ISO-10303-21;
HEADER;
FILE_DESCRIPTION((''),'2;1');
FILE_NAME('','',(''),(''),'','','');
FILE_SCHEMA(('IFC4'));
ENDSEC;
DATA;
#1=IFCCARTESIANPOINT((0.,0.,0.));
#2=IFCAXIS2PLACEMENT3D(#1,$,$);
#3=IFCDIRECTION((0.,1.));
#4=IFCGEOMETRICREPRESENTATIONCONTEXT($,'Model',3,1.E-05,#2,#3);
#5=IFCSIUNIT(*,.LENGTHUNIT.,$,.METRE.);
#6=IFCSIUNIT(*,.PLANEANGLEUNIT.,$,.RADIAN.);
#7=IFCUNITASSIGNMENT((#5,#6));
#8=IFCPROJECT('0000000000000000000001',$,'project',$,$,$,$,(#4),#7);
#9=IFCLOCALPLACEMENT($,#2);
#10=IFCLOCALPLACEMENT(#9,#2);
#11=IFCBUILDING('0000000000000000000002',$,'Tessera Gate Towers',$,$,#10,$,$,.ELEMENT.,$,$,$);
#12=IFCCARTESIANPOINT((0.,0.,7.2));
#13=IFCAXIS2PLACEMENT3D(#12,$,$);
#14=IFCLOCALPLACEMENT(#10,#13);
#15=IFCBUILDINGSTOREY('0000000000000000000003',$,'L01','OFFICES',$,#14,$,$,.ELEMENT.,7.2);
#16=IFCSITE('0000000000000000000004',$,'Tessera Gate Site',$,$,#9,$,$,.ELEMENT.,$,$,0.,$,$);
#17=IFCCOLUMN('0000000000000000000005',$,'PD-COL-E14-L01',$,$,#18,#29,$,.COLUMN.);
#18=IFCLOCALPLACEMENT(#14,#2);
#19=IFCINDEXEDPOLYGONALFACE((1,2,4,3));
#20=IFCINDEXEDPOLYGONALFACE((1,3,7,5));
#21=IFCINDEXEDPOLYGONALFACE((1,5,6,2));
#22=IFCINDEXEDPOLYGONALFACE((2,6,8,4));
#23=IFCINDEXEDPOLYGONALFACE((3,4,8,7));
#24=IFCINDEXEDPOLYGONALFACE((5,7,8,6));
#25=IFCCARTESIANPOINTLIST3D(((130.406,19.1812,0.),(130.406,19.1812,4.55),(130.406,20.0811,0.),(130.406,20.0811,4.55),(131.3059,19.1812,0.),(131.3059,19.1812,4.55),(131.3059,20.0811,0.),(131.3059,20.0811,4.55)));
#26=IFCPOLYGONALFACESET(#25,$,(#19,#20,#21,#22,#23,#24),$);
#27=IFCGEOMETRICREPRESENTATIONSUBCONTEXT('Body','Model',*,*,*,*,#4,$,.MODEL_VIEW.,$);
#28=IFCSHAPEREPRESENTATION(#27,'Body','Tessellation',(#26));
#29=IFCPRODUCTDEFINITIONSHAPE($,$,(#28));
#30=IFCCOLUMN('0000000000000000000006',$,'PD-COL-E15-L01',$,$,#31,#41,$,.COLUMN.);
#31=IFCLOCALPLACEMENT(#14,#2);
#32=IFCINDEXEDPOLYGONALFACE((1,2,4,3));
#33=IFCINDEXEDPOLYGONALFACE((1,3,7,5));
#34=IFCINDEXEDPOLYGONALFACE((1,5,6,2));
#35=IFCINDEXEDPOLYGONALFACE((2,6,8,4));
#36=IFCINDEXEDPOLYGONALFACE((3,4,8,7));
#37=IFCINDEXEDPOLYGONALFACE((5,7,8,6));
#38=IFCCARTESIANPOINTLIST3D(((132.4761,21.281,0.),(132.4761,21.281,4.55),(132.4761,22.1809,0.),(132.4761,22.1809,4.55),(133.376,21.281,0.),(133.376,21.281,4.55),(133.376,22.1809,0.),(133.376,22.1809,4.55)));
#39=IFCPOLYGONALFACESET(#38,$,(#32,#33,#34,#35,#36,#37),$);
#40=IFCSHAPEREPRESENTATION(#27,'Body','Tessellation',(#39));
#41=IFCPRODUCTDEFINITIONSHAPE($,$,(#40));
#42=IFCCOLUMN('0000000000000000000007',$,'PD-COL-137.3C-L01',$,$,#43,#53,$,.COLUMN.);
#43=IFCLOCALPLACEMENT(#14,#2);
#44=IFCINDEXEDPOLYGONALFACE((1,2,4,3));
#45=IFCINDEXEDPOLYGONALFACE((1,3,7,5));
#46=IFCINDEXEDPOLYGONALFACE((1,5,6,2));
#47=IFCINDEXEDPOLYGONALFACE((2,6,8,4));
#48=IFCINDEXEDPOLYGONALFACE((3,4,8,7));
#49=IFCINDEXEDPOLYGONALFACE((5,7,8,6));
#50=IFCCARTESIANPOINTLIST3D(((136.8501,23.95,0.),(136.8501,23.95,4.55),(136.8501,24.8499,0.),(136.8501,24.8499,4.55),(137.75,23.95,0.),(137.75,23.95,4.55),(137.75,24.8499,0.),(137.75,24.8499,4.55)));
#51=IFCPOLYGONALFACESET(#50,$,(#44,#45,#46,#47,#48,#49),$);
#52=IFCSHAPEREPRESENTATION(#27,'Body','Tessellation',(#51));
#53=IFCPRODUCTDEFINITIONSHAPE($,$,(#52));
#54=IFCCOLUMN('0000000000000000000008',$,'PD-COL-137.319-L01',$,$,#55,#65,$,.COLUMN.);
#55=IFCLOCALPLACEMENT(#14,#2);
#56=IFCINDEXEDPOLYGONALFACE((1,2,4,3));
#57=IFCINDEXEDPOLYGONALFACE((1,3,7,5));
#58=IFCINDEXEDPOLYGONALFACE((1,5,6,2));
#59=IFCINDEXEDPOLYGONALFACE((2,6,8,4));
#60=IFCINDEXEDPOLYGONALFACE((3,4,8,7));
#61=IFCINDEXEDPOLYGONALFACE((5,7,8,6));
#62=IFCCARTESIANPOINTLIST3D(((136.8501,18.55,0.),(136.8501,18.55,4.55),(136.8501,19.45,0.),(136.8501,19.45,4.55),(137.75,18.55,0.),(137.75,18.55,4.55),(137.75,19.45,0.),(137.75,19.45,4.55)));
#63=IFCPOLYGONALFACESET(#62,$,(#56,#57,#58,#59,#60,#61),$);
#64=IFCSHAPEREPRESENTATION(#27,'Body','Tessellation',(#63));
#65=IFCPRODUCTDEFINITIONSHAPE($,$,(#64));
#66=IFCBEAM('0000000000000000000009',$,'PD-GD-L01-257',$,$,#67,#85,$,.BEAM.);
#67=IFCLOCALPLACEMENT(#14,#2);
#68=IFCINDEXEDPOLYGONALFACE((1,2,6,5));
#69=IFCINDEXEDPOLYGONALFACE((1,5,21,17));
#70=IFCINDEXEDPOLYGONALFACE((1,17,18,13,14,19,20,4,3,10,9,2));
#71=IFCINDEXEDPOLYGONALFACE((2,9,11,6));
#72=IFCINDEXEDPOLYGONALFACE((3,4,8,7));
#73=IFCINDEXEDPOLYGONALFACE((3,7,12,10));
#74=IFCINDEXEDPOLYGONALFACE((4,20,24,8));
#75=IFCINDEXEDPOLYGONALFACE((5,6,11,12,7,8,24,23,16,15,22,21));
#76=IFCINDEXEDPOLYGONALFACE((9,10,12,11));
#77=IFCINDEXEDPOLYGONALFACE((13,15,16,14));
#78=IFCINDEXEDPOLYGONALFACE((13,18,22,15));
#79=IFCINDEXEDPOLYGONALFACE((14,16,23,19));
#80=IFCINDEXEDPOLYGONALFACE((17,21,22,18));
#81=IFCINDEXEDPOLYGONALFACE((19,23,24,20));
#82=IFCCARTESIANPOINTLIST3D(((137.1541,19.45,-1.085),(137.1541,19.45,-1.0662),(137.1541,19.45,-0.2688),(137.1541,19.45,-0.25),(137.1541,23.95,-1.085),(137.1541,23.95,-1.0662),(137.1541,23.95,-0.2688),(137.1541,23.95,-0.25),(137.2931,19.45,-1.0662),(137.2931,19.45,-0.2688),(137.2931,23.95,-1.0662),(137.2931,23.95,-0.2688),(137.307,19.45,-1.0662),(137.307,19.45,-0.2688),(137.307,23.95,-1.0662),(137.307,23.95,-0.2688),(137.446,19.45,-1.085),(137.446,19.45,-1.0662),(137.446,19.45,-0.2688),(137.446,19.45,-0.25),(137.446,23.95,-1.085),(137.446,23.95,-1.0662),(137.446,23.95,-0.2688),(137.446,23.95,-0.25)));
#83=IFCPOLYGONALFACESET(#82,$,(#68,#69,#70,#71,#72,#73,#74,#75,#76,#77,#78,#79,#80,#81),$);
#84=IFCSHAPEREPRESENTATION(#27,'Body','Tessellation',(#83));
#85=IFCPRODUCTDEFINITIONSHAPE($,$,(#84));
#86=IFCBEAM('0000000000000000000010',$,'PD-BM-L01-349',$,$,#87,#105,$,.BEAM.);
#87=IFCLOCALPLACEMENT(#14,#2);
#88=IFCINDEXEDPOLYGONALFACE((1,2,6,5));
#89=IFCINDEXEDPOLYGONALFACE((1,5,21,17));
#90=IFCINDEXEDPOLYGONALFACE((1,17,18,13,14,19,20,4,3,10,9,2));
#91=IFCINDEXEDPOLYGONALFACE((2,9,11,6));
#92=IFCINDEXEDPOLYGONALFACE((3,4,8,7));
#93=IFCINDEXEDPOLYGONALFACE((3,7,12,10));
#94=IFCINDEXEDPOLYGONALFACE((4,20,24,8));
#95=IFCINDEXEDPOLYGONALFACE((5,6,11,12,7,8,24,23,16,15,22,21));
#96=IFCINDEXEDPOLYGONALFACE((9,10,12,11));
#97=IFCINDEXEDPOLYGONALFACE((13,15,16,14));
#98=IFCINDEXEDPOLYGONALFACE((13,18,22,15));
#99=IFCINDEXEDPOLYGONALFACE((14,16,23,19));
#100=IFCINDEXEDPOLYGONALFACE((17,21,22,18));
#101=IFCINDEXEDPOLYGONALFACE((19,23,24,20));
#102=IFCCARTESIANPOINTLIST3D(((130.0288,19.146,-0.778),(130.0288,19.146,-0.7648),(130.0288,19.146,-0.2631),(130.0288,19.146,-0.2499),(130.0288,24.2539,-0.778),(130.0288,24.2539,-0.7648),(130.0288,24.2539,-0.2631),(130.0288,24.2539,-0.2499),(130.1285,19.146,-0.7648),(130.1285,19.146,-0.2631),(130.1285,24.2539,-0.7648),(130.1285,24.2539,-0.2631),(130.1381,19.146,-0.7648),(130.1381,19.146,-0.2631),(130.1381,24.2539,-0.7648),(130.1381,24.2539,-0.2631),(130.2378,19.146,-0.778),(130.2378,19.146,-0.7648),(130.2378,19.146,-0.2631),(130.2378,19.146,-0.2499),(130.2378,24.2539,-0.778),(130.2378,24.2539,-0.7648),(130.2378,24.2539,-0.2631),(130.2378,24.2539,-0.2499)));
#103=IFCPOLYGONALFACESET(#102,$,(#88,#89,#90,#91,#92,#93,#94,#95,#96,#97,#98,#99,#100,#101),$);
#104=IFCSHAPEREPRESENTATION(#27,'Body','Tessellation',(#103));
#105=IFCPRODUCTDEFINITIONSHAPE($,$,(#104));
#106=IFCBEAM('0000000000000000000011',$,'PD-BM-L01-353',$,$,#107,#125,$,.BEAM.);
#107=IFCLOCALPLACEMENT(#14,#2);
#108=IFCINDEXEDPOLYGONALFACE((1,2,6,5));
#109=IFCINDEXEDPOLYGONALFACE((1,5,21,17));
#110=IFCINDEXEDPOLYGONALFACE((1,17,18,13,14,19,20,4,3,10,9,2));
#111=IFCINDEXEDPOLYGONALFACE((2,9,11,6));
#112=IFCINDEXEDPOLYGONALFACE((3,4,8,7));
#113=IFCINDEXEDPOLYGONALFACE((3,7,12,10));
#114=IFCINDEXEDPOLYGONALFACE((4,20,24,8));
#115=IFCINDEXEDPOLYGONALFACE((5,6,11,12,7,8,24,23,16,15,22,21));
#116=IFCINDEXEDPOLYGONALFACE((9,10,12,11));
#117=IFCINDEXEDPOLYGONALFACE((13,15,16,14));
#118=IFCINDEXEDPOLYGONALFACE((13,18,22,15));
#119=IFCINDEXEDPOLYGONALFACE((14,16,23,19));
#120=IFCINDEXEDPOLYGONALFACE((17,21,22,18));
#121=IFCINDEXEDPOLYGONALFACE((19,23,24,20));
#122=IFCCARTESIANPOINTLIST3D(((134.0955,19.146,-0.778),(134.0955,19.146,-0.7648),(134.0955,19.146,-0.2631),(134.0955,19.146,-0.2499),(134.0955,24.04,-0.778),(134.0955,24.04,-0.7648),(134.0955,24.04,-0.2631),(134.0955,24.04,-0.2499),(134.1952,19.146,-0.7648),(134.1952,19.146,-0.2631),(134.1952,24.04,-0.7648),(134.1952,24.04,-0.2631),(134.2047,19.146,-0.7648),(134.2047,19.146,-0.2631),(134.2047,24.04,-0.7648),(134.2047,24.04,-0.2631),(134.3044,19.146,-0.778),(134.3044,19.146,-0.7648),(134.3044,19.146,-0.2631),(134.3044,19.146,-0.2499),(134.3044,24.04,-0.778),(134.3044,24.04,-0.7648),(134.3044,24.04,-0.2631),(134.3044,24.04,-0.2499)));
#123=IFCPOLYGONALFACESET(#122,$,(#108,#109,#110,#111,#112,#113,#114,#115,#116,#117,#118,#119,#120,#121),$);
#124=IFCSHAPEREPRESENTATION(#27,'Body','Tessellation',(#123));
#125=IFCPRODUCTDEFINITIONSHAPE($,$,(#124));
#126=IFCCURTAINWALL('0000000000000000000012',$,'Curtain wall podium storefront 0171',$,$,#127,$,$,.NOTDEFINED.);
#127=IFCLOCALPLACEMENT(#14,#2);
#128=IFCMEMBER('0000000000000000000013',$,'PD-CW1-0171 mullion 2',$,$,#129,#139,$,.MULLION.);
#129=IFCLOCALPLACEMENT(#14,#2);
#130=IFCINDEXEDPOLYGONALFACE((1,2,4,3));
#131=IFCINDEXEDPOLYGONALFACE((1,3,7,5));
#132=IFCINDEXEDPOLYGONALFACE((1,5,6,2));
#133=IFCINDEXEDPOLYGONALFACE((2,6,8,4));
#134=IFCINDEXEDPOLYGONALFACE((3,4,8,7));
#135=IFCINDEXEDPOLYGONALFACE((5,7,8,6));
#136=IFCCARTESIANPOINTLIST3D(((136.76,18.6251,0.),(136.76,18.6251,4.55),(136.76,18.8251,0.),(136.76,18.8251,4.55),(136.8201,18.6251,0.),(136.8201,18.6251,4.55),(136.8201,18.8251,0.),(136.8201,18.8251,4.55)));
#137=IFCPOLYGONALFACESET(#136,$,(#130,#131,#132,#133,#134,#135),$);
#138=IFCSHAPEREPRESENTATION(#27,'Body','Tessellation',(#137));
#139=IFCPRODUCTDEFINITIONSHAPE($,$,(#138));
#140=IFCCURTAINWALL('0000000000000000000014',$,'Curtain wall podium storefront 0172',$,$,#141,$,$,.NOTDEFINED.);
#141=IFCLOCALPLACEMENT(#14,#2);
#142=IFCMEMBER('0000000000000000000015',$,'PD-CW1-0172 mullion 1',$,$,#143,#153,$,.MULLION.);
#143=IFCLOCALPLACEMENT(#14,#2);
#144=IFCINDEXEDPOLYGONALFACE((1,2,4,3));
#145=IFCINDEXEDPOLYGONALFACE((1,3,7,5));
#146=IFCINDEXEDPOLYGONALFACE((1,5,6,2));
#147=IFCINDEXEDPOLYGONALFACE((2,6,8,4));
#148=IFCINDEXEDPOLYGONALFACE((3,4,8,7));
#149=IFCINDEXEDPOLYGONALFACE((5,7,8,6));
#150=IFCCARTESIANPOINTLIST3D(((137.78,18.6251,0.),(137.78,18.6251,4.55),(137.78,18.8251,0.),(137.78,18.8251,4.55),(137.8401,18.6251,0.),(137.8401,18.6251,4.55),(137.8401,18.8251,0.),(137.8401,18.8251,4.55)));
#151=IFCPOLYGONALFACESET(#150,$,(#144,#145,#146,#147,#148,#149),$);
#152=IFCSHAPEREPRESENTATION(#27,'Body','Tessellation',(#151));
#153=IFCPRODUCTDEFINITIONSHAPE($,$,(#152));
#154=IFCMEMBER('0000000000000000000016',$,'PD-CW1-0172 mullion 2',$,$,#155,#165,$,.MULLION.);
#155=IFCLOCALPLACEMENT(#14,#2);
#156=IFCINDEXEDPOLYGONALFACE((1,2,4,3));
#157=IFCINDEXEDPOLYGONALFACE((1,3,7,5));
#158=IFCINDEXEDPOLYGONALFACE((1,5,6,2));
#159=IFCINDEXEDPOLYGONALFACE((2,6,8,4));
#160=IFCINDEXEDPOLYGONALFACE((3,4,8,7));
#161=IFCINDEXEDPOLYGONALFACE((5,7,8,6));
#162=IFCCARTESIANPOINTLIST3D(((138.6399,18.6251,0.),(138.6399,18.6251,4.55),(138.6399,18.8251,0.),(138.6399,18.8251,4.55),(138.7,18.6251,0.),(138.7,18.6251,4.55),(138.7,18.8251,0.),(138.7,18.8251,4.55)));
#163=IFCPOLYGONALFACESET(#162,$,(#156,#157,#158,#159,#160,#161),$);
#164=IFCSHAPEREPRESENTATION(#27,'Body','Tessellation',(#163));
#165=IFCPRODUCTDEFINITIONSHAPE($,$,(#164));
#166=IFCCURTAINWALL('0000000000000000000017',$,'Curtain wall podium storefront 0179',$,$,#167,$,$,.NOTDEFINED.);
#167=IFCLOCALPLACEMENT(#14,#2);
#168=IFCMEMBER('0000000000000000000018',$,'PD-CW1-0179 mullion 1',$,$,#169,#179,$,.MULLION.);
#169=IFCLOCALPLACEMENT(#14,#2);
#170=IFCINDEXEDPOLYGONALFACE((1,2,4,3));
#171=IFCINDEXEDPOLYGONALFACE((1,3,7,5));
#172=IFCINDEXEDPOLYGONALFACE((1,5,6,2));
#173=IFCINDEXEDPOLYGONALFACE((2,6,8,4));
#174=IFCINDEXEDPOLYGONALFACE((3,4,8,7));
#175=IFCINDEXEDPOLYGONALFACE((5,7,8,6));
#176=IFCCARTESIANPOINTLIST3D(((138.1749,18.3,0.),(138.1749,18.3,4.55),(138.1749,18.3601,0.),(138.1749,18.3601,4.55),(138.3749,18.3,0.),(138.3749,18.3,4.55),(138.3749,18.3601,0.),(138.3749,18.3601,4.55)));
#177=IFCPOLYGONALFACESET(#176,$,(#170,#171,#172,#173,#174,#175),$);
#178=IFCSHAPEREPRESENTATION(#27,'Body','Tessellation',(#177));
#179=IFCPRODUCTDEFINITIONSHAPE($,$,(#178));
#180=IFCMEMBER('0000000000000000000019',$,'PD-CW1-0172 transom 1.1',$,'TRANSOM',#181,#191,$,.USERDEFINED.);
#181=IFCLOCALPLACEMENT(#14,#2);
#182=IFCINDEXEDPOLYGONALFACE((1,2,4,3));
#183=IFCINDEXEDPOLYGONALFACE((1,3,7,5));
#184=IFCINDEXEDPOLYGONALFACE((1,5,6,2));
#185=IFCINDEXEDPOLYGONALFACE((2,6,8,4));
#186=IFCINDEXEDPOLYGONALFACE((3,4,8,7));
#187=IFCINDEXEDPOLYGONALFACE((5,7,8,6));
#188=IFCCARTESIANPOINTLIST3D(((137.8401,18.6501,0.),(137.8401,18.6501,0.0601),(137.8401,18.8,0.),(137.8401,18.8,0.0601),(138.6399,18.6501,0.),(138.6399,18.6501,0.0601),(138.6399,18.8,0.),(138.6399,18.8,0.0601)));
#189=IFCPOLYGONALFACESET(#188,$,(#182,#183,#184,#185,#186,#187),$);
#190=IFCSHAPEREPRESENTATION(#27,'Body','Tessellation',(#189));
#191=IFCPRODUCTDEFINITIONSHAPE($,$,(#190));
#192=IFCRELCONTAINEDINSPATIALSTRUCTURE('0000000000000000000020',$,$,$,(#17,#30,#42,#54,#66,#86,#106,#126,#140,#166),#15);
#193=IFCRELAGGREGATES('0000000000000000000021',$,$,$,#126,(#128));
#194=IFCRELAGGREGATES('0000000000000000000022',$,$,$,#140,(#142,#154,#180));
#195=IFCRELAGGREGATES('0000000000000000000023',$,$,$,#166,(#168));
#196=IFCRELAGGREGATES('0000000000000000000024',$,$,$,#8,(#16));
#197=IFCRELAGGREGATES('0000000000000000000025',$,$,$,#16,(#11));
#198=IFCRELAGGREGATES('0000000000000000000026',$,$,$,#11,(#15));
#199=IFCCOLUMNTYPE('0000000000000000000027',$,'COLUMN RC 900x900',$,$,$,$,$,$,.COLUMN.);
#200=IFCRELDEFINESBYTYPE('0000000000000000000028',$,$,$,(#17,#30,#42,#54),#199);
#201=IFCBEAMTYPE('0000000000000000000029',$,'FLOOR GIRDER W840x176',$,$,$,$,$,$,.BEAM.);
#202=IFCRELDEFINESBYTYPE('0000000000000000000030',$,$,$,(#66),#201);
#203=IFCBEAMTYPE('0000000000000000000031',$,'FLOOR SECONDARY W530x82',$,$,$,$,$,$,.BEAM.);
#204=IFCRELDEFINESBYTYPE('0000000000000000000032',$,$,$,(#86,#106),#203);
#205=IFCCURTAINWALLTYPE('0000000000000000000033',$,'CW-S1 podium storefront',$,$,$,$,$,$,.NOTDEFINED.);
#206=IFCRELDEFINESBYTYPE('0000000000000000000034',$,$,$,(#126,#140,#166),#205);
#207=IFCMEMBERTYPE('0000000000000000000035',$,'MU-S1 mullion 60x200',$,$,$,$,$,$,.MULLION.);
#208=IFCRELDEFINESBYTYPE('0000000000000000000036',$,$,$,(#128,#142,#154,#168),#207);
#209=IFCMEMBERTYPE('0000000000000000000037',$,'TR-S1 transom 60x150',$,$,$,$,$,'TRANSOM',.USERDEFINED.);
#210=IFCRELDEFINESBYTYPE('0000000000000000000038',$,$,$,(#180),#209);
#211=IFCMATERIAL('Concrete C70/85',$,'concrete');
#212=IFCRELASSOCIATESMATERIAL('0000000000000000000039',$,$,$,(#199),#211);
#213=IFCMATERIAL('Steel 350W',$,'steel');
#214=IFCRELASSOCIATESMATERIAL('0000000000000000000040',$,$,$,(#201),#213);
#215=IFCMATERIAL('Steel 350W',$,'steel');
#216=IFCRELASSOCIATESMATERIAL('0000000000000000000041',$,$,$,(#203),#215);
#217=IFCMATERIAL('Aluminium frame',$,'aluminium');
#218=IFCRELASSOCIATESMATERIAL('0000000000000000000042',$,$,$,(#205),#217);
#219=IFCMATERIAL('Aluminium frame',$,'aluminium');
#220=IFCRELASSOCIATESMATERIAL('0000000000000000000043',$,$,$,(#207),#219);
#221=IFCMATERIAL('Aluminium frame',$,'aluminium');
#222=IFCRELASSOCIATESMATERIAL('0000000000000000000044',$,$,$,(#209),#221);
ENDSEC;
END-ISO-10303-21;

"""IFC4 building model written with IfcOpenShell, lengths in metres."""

from ifc_helpers import new_model, si_unit, direction, frame, origin, origin_2d, place, context, subcontext, project, spatial, rectangle, i_section, extrude, material, material_profile, profile_set, type_object, element, aggregate, save


model = new_model("IFC4")

# Units and contexts
model_context = context("Model", 3, precision=1e-05, world=origin(), true_north=direction((0.0, 1.0)))
body_context = subcontext(model_context, "Body", "Model", "MODEL_VIEW")
ifc_project = project(units=[si_unit("LENGTHUNIT", "METRE"), si_unit("PLANEANGLEUNIT", "RADIAN")], contexts=[model_context])

# Site, building, storey
site_placement = place(None, origin())
site = spatial("IfcSite", under=ifc_project, at=site_placement, Name="Tessera Gate Site", CompositionType="ELEMENT", RefElevation=0.0)
building_placement = place(site_placement, origin())
building = spatial("IfcBuilding", under=site, at=building_placement, Name="Tessera Gate Towers", CompositionType="ELEMENT")
storey_placement = place(building_placement, frame((0.0, 0.0, 7.2)))
storey = spatial("IfcBuildingStorey", under=building, at=storey_placement, Name="L01", Description="OFFICES", CompositionType="ELEMENT", Elevation=7.2)

# Columns
ifc_material_1 = material(Name="Concrete C70/85", Category="concrete")
ifc_material_profile_1 = material_profile(ifc_material_1, rectangle(XDim=0.8999, YDim=0.8999, at=origin_2d()), Name="RC 900x900")
ifc_profile_set_1 = profile_set([ifc_material_profile_1], Name="Concrete C70/85")
column_type = type_object("IfcColumnType", Name="COLUMN RC 900x900", PredefinedType="COLUMN", material=ifc_profile_set_1)
for number, where, z_axis, x_axis, name in (
    (1, (130.856, 19.6311, 0.0), (0.0, 0.0, 1.0), (1.0, 0.0, 0.0), "PD-COL-E14-L01"),
    (2, (132.926, 21.731, 0.0), (0.0, 0.0, 1.0), (1.0, 0.0, 0.0), "PD-COL-E15-L01"),
    (3, (137.3, 24.3999, 0.0), (0.0, 0.0, 1.0), (1.0, 0.0, 0.0), "PD-COL-137.3C-L01"),
    (4, (137.3, 19.0, 0.0), (0.0, 0.0, 1.0), (1.0, 0.0, 0.0), "PD-COL-137.319-L01"),
):
    element("IfcColumn", number, at=place(storey_placement, frame(where, z_axis=z_axis, x_axis=x_axis)), inside=storey, type_object=column_type, Name=name, PredefinedType="COLUMN", context=body_context, shape_type="SweptSolid", body=[
        extrude(rectangle(XDim=0.8999, YDim=0.8999, at=origin_2d()), origin(), (0.0, 0.0, 1.0), 4.55),
    ])

# Beams
ifc_material_2 = material(Name="Steel 350W", Category="steel")
ifc_material_profile_2 = material_profile(ifc_material_2, i_section(OverallWidth=0.292, OverallDepth=0.835, WebThickness=0.0139, FlangeThickness=0.0188, at=origin_2d()), Name="W840x176")
ifc_profile_set_2 = profile_set([ifc_material_profile_2], Name="Steel 350W")
beam_type_1 = type_object("IfcBeamType", Name="FLOOR GIRDER W840x176", PredefinedType="BEAM", material=ifc_profile_set_2)
beam_1_placement = place(storey_placement, frame((137.3, 19.45, -0.6675), z_axis=(0.0, 1.0, 0.0), x_axis=(-1.0, 0.0, 0.0)))
element("IfcBeam", 5, at=beam_1_placement, inside=storey, type_object=beam_type_1, Name="PD-GD-L01-257", PredefinedType="BEAM", context=body_context, shape_type="SweptSolid", body=[
    extrude(i_section(OverallWidth=0.292, OverallDepth=0.835, WebThickness=0.0139, FlangeThickness=0.0188, at=origin_2d()), origin(), (0.0, 0.0, 1.0), 4.5),
])
ifc_material_3 = material(Name="Steel 350W", Category="steel")
ifc_material_profile_3 = material_profile(ifc_material_3, i_section(OverallWidth=0.209, OverallDepth=0.5281, WebThickness=0.0095, FlangeThickness=0.0132, at=origin_2d()), Name="W530x82")
ifc_profile_set_3 = profile_set([ifc_material_profile_3], Name="Steel 350W")
beam_type_2 = type_object("IfcBeamType", Name="FLOOR SECONDARY W530x82", PredefinedType="BEAM", material=ifc_profile_set_3)
beam_2_placement = place(storey_placement, frame((130.1333, 19.146, -0.5139), z_axis=(0.0, 1.0, 0.0), x_axis=(-1.0, 0.0, 0.0)))
element("IfcBeam", 6, at=beam_2_placement, inside=storey, type_object=beam_type_2, Name="PD-BM-L01-349", PredefinedType="BEAM", context=body_context, shape_type="SweptSolid", body=[
    extrude(i_section(OverallWidth=0.209, OverallDepth=0.5281, WebThickness=0.0095, FlangeThickness=0.0132, at=origin_2d()), origin(), (0.0, 0.0, 1.0), 5.1079),
])
beam_3_placement = place(storey_placement, frame((134.2, 19.146, -0.5139), z_axis=(0.0, 1.0, 0.0), x_axis=(-1.0, 0.0, 0.0)))
element("IfcBeam", 7, at=beam_3_placement, inside=storey, type_object=beam_type_2, Name="PD-BM-L01-353", PredefinedType="BEAM", context=body_context, shape_type="SweptSolid", body=[
    extrude(i_section(OverallWidth=0.209, OverallDepth=0.5281, WebThickness=0.0095, FlangeThickness=0.0132, at=origin_2d()), origin(), (0.0, 0.0, 1.0), 4.894),
])

# Curtain wall, member
ifc_material_4 = material(Name="Aluminium frame", Category="aluminium")
curtain_wall_type = type_object("IfcCurtainWallType", Name="CW-S1 podium storefront", PredefinedType="NOTDEFINED", material=ifc_material_4)
curtain_wall_1_placement = place(storey_placement, origin())
curtain_wall_1 = element("IfcCurtainWall", 8, at=curtain_wall_1_placement, inside=storey, type_object=curtain_wall_type, Name="Curtain wall podium storefront 0171", PredefinedType="NOTDEFINED")
ifc_material_5 = material(Name="Aluminium frame", Category="aluminium")
ifc_material_profile_4 = material_profile(ifc_material_5, rectangle(XDim=0.0601, YDim=0.2, at=origin_2d()), Name="AL 60x200")
ifc_profile_set_4 = profile_set([ifc_material_profile_4], Name="Aluminium frame")
member_type_1 = type_object("IfcMemberType", Name="MU-S1 mullion 60x200", PredefinedType="MULLION", material=ifc_profile_set_4)
member_1_placement = place(storey_placement, frame((136.79, 18.7251, 0.0), z_axis=(0.0, 0.0, 1.0), x_axis=(1.0, 0.0, 0.0)))
member_1 = element("IfcMember", 9, at=member_1_placement, type_object=member_type_1, Name="PD-CW1-0171 mullion 2", PredefinedType="MULLION", context=body_context, shape_type="SweptSolid", body=[
    extrude(rectangle(XDim=0.0601, YDim=0.2, at=origin_2d()), origin(), (0.0, 0.0, 1.0), 4.55),
])

# Curtain wall, members
curtain_wall_2_placement = place(storey_placement, origin())
curtain_wall_2 = element("IfcCurtainWall", 10, at=curtain_wall_2_placement, inside=storey, type_object=curtain_wall_type, Name="Curtain wall podium storefront 0172", PredefinedType="NOTDEFINED")
member_2_placement = place(storey_placement, frame((137.8101, 18.7251, 0.0), z_axis=(0.0, 0.0, 1.0), x_axis=(1.0, 0.0, 0.0)))
member_2 = element("IfcMember", 11, at=member_2_placement, type_object=member_type_1, Name="PD-CW1-0172 mullion 1", PredefinedType="MULLION", context=body_context, shape_type="SweptSolid", body=[
    extrude(rectangle(XDim=0.0601, YDim=0.2, at=origin_2d()), origin(), (0.0, 0.0, 1.0), 4.55),
])
member_3_placement = place(storey_placement, frame((138.6699, 18.7251, 0.0), z_axis=(0.0, 0.0, 1.0), x_axis=(1.0, 0.0, 0.0)))
member_3 = element("IfcMember", 12, at=member_3_placement, type_object=member_type_1, Name="PD-CW1-0172 mullion 2", PredefinedType="MULLION", context=body_context, shape_type="SweptSolid", body=[
    extrude(rectangle(XDim=0.0601, YDim=0.2, at=origin_2d()), origin(), (0.0, 0.0, 1.0), 4.55),
])

# Curtain wall, member
curtain_wall_3_placement = place(storey_placement, origin())
curtain_wall_3 = element("IfcCurtainWall", 13, at=curtain_wall_3_placement, inside=storey, type_object=curtain_wall_type, Name="Curtain wall podium storefront 0179", PredefinedType="NOTDEFINED")
member_4_placement = place(storey_placement, frame((138.2749, 18.3301, 0.0), z_axis=(0.0, 0.0, 1.0), x_axis=(0.0, 1.0, 0.0)))
member_4 = element("IfcMember", 14, at=member_4_placement, type_object=member_type_1, Name="PD-CW1-0179 mullion 1", PredefinedType="MULLION", context=body_context, shape_type="SweptSolid", body=[
    extrude(rectangle(XDim=0.0601, YDim=0.2, at=origin_2d()), origin(), (0.0, 0.0, 1.0), 4.55),
])

# Member
ifc_material_6 = material(Name="Aluminium frame", Category="aluminium")
ifc_material_profile_5 = material_profile(ifc_material_6, rectangle(XDim=0.1499, YDim=0.0601, at=origin_2d()), Name="AL 60x150")
ifc_profile_set_5 = profile_set([ifc_material_profile_5], Name="Aluminium frame")
member_type_2 = type_object("IfcMemberType", Name="TR-S1 transom 60x150", ElementType="TRANSOM", PredefinedType="USERDEFINED", material=ifc_profile_set_5)
member_5_placement = place(storey_placement, frame((137.8401, 18.7251, 0.03), z_axis=(1.0, 0.0, 0.0), x_axis=(0.0, 1.0, 0.0)))
member_5 = element("IfcMember", 15, at=member_5_placement, type_object=member_type_2, Name="PD-CW1-0172 transom 1.1", ObjectType="TRANSOM", PredefinedType="USERDEFINED", context=body_context, shape_type="SweptSolid", body=[
    extrude(rectangle(XDim=0.1499, YDim=0.0601, at=origin_2d()), origin(), (0.0, 0.0, 1.0), 0.7998),
])

aggregate(curtain_wall_1, [member_1])
aggregate(curtain_wall_2, [member_2, member_3, member_5])
aggregate(curtain_wall_3, [member_4])

save(model, "model.ifc")
